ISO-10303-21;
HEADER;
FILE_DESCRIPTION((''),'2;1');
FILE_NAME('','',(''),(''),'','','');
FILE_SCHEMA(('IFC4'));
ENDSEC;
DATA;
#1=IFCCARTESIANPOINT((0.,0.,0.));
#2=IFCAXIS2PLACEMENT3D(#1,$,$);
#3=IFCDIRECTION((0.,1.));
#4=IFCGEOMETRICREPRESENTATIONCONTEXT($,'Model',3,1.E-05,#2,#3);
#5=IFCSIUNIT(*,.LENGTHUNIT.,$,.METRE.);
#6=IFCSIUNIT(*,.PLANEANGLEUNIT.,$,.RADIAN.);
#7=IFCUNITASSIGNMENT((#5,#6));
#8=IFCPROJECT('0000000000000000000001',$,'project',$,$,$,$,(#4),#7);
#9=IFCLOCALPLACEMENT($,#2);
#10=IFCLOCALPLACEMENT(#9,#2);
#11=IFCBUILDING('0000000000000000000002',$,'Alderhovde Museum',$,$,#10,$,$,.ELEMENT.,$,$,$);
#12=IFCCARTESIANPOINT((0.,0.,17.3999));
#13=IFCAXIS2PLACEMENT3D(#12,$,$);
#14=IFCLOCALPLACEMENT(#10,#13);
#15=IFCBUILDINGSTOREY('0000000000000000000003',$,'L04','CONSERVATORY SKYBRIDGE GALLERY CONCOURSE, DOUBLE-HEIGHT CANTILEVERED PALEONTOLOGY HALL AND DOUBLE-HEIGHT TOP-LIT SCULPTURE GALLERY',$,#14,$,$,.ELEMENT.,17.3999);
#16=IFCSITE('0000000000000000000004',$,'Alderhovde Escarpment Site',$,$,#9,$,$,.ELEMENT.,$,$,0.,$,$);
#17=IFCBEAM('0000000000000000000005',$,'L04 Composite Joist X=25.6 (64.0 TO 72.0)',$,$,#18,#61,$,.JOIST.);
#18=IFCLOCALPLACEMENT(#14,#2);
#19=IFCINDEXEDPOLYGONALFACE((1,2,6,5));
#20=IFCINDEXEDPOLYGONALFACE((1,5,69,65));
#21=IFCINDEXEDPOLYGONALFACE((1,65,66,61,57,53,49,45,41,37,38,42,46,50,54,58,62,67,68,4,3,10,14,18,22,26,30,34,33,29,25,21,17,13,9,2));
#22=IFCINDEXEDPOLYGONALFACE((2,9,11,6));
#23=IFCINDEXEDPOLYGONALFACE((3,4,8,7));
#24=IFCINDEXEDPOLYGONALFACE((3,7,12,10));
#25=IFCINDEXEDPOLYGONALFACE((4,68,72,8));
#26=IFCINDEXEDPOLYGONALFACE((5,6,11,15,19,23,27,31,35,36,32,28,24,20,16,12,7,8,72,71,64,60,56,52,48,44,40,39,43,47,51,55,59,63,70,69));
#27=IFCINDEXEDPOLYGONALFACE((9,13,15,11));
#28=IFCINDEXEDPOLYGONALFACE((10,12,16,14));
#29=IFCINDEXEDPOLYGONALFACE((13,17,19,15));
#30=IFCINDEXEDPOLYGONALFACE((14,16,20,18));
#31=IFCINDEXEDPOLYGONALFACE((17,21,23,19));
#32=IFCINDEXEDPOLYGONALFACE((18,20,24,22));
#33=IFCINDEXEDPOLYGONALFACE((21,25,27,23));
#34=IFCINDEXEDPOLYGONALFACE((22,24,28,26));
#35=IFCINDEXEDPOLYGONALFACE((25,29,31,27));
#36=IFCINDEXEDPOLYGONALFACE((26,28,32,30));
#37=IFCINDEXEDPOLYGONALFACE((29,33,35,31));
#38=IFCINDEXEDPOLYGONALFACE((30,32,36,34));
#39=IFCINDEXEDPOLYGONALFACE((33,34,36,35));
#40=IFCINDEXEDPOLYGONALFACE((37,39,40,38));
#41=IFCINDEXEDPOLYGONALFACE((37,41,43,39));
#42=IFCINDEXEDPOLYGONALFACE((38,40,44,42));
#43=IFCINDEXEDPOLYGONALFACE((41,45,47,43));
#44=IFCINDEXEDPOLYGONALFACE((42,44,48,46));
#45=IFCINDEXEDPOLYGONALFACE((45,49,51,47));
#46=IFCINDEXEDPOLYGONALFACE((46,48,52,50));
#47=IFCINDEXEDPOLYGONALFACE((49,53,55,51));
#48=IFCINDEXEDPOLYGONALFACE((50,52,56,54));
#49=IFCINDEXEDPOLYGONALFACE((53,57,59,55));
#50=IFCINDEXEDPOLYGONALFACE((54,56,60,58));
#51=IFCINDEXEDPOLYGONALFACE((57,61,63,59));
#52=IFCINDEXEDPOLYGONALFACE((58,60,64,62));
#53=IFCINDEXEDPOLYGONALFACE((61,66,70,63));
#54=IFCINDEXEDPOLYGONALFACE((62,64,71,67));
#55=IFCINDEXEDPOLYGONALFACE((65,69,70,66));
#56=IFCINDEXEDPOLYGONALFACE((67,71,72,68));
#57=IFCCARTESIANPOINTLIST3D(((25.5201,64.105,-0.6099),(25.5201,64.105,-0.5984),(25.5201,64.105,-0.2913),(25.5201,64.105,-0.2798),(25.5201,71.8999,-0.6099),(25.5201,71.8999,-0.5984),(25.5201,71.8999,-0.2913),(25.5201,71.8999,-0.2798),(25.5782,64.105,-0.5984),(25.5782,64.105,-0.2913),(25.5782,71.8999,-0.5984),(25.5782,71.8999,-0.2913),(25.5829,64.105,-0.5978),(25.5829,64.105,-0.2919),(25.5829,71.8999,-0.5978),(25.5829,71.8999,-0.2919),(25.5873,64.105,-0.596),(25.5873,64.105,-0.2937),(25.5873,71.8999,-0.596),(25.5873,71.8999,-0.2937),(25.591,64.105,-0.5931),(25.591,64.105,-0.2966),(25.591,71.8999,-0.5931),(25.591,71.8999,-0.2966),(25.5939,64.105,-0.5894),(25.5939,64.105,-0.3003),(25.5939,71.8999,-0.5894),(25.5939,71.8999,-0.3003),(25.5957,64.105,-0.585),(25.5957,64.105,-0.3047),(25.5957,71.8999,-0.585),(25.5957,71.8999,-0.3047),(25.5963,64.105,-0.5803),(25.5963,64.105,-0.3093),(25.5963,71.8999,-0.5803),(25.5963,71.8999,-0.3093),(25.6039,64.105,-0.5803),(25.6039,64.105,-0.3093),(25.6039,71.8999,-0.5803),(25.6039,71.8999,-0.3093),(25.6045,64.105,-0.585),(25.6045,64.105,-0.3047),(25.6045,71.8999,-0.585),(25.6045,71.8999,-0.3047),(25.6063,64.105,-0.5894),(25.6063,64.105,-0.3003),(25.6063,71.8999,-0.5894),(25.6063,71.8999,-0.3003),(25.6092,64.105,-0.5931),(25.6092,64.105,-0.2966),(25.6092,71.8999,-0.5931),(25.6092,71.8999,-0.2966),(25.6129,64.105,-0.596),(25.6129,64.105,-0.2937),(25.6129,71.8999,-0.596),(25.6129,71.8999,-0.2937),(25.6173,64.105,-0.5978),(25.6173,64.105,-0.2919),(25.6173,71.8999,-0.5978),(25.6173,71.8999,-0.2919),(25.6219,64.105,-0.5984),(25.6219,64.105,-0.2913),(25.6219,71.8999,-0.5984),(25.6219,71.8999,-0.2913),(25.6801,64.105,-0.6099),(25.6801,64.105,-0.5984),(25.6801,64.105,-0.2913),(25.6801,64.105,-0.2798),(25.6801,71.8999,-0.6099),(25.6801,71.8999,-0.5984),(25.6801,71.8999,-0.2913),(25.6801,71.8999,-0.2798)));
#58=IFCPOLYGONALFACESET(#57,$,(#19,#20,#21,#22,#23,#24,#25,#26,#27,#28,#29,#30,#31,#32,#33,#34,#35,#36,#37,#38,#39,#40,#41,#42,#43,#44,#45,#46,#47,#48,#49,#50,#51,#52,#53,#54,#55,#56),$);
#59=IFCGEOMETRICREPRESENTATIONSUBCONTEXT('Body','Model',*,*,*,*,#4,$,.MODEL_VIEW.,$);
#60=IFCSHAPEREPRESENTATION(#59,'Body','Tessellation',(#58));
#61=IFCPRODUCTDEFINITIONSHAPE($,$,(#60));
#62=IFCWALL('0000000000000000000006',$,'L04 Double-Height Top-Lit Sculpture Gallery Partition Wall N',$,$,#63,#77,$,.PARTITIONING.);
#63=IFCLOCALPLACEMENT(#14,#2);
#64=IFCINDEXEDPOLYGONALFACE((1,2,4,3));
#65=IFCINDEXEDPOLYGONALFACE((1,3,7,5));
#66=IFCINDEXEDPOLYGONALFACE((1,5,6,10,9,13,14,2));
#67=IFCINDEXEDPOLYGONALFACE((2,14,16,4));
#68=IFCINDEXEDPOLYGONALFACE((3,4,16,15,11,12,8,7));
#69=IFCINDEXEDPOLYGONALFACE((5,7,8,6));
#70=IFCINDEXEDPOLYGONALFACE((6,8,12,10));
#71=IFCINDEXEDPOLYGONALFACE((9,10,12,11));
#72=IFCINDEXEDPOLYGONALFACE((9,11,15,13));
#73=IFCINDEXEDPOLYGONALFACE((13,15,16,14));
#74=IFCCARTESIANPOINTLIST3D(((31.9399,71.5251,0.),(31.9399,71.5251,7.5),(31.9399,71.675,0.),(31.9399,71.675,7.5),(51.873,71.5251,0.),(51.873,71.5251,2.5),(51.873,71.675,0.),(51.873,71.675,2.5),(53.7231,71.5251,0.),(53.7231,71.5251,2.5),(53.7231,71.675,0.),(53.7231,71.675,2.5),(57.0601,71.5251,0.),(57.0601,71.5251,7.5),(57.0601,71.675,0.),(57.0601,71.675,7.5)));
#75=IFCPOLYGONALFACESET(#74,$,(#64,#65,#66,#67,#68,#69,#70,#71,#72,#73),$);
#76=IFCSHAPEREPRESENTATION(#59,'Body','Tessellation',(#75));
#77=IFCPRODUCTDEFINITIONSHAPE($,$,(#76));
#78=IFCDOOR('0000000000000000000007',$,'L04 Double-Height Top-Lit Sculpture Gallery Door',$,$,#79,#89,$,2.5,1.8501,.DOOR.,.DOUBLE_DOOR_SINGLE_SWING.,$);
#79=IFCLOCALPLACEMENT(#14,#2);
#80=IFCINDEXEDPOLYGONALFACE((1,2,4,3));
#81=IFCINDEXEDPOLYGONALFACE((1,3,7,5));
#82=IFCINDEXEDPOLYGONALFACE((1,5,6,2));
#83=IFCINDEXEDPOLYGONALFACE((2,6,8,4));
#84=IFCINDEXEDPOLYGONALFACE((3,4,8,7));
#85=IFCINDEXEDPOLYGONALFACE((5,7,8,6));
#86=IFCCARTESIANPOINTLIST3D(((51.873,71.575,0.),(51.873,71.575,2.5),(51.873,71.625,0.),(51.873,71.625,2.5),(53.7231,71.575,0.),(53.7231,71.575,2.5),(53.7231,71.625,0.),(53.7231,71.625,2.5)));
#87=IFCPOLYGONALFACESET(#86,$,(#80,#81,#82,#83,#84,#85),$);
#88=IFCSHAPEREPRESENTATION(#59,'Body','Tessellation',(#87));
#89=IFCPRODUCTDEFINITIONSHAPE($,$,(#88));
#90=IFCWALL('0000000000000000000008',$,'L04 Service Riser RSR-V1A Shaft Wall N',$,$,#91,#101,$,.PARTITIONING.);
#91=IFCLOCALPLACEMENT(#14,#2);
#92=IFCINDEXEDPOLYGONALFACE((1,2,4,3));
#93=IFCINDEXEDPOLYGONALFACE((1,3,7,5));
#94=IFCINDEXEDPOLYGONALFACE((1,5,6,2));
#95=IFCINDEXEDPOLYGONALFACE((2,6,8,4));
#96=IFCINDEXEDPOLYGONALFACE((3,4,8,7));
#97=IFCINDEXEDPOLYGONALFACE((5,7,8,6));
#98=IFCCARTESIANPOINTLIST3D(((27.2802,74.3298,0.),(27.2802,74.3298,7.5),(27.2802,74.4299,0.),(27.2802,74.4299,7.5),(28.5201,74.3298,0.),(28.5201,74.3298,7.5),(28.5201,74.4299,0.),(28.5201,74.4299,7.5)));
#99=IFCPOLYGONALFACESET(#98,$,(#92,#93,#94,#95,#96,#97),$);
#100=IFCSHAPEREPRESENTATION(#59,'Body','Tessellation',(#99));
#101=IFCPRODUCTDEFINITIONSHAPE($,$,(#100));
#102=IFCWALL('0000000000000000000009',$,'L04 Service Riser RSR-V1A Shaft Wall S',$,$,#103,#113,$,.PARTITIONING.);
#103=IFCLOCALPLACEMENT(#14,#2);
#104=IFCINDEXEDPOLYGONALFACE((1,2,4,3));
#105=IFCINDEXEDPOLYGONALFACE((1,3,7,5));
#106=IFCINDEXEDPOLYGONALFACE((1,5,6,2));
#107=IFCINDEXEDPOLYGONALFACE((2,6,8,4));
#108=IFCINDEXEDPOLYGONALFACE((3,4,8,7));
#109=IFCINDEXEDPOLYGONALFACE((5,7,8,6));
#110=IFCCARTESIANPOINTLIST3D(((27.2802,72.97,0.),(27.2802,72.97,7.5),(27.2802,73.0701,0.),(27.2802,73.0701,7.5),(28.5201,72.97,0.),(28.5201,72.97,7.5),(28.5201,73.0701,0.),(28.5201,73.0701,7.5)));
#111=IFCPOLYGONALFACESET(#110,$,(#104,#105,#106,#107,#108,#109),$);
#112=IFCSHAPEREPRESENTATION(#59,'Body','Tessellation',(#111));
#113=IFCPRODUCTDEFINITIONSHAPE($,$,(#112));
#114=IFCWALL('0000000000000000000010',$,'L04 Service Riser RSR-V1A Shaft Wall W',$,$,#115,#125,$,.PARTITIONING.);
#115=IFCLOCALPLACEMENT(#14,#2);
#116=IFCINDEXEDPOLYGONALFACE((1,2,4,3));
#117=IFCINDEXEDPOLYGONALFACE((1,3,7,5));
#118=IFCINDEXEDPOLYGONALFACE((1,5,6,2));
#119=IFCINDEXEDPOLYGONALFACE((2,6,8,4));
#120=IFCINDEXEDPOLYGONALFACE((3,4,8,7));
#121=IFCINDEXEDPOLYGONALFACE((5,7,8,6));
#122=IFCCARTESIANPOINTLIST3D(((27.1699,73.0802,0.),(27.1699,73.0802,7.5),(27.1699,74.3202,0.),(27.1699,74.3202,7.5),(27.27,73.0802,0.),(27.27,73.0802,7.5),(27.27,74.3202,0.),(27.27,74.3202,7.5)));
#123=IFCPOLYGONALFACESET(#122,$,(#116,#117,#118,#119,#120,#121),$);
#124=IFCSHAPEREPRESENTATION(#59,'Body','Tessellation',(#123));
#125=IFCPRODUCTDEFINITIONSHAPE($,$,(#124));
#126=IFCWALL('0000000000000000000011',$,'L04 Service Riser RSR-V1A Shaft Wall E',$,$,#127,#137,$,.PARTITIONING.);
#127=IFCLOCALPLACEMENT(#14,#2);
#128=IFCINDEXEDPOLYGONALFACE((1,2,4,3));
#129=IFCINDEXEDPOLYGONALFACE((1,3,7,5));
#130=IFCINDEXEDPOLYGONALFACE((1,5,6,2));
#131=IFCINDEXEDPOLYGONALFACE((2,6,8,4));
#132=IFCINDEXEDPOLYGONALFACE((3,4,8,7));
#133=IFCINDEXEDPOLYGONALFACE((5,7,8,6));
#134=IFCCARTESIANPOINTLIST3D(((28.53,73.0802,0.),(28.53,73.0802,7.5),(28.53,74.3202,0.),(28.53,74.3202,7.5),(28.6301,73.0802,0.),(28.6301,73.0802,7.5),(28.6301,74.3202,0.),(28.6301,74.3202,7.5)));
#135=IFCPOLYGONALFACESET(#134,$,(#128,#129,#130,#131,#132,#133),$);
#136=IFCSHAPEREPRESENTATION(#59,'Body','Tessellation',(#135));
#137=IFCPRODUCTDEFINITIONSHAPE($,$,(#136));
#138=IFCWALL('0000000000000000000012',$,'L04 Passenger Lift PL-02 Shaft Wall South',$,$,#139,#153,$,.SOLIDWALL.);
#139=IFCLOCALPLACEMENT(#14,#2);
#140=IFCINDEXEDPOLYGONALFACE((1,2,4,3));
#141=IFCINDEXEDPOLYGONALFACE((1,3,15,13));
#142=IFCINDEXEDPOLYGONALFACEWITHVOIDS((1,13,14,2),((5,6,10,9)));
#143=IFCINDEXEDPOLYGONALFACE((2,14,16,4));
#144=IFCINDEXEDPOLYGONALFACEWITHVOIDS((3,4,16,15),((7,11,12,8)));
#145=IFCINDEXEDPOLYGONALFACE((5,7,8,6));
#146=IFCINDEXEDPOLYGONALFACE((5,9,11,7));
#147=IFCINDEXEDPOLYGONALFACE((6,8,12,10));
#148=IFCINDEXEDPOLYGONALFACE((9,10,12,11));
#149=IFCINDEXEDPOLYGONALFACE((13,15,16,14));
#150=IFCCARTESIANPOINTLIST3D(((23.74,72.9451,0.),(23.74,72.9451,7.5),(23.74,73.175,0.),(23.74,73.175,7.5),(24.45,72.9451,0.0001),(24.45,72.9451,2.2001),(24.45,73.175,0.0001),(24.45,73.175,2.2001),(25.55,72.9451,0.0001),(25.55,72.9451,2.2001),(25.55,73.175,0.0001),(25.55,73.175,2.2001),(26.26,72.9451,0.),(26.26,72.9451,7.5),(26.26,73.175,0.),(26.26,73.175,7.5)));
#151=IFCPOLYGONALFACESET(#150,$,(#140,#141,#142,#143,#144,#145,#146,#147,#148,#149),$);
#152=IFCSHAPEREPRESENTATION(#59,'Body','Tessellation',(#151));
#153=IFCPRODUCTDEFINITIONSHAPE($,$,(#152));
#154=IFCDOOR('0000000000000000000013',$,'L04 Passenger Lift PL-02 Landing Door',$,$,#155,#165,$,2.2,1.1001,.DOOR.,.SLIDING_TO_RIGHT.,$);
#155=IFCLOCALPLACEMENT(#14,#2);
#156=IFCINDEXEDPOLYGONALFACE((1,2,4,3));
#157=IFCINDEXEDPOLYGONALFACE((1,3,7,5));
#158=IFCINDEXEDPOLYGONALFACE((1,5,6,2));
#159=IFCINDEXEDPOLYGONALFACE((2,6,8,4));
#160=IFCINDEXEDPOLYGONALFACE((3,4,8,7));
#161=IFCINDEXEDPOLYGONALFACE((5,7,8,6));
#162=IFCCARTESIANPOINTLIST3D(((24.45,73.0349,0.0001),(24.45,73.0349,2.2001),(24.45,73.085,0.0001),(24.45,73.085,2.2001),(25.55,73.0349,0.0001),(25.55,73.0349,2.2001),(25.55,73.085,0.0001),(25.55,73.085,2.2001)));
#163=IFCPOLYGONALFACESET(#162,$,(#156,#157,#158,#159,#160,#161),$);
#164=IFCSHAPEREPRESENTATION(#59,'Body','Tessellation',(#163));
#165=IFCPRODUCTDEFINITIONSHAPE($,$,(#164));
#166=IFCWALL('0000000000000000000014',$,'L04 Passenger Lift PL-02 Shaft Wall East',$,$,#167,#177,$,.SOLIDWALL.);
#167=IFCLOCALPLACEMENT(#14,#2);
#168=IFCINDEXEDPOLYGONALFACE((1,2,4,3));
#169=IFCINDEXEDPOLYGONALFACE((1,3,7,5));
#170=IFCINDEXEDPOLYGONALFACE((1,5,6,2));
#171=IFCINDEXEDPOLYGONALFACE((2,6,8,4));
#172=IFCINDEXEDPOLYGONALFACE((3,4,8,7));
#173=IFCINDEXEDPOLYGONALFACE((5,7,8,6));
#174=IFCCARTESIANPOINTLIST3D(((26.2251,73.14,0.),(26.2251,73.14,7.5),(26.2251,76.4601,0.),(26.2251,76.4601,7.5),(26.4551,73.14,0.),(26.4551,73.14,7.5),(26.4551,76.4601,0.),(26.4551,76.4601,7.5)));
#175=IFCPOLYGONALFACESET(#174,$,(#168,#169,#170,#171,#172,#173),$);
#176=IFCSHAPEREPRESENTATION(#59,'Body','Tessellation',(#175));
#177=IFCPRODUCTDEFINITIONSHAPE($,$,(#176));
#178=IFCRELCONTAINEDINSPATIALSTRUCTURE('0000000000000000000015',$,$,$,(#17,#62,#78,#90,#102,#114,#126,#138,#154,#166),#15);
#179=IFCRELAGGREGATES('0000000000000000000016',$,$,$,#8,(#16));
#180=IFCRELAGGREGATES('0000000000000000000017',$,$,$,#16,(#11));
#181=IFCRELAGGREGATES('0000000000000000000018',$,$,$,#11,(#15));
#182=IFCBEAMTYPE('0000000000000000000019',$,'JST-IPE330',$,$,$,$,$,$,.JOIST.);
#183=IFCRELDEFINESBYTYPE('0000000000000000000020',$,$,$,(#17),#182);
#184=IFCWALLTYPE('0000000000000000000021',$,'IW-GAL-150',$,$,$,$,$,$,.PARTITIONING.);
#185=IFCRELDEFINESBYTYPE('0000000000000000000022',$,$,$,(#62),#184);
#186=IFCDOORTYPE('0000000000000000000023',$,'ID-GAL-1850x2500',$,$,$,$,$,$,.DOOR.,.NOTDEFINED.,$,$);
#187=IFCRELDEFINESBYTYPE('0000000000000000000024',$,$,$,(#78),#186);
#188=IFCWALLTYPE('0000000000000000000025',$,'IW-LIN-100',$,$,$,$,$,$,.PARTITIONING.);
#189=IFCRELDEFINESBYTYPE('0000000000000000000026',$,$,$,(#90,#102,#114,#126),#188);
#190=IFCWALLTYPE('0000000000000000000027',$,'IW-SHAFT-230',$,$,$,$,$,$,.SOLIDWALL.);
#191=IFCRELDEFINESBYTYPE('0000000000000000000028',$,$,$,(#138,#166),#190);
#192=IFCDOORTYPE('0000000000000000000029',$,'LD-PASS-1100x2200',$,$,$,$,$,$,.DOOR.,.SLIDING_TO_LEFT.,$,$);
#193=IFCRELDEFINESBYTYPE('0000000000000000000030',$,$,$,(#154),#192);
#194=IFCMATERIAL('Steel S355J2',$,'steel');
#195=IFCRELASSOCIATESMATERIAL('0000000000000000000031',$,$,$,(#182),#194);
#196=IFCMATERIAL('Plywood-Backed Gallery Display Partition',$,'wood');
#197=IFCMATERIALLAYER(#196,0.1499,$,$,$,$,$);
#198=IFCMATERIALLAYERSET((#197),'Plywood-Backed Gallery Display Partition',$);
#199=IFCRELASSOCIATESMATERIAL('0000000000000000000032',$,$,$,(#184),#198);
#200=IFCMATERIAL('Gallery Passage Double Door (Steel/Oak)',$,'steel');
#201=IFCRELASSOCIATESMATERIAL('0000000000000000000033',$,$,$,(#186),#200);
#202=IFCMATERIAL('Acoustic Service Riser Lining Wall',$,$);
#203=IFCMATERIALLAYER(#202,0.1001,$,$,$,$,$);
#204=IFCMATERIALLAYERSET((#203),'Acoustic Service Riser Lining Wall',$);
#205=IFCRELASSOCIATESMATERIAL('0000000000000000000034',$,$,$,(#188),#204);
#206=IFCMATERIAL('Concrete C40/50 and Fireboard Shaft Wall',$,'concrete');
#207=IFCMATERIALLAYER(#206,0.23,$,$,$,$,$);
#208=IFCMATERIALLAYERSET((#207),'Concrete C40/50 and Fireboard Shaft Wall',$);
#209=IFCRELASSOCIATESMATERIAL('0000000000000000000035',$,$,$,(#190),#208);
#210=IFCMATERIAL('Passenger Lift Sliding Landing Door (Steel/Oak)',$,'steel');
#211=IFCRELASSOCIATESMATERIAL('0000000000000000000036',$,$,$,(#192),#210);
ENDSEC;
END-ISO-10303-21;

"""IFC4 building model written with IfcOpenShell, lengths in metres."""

from ifc_helpers import new_model, si_unit, direction, frame, frame_2d, origin, origin_2d, place, context, subcontext, project, spatial, rectangle, i_section, extrude, material, layer, layer_set, material_profile, profile_set, type_object, element, fill, save


model = new_model("IFC4")

# Units and contexts
model_context = context("Model", 3, precision=1e-05, world=origin(), true_north=direction((0.0, 1.0)))
body_context = subcontext(model_context, "Body", "Model", "MODEL_VIEW")
ifc_project = project(units=[si_unit("LENGTHUNIT", "METRE"), si_unit("PLANEANGLEUNIT", "RADIAN")], contexts=[model_context])

# Site, building, storey
site_placement = place(None, origin())
site = spatial("IfcSite", under=ifc_project, at=site_placement, Name="Alderhovde Escarpment Site", CompositionType="ELEMENT", RefElevation=0.0)
building_placement = place(site_placement, origin())
building = spatial("IfcBuilding", under=site, at=building_placement, Name="Alderhovde Museum", CompositionType="ELEMENT")
storey_placement = place(building_placement, frame((0.0, 0.0, 17.3999)))
storey = spatial("IfcBuildingStorey", under=building, at=storey_placement, Name="L04", Description="CONSERVATORY SKYBRIDGE GALLERY CONCOURSE, DOUBLE-HEIGHT CANTILEVERED PALEONTOLOGY HALL AND DOUBLE-HEIGHT TOP-LIT SCULPTURE GALLERY", CompositionType="ELEMENT", Elevation=17.3999)

# Beam
ifc_material_1 = material(Name="Steel S355J2", Category="steel")
ifc_material_profile_1 = material_profile(ifc_material_1, i_section(OverallWidth=0.1599, OverallDepth=0.3301, WebThickness=0.0076, FlangeThickness=0.0115, FilletRadius=0.0181, at=origin_2d()), Name="IPE 330")
ifc_profile_set_1 = profile_set([ifc_material_profile_1], Name="Steel S355J2")
beam_type_1 = type_object("IfcBeamType", Name="JST-IPE330", PredefinedType="JOIST", material=ifc_profile_set_1)
beam_1_placement = place(storey_placement, frame((25.6001, 64.105, -0.4448), z_axis=(0.0, 1.0, 0.0), x_axis=(-1.0, 0.0, 0.0)))
element("IfcBeam", 1, at=beam_1_placement, inside=storey, type_object=beam_type_1, Name="L04 Composite Joist X=25.6 (64.0 TO 72.0)", PredefinedType="JOIST", context=body_context, shape_type="SweptSolid", body=[
    extrude(i_section(OverallWidth=0.1599, OverallDepth=0.3301, WebThickness=0.0076, FlangeThickness=0.0115, FilletRadius=0.0181, at=origin_2d()), origin(), (0.0, 0.0, 1.0), 7.7949),
])

# Wall, opening, door
ifc_material_2 = material(Name="Plywood-Backed Gallery Display Partition", Category="wood")
ifc_layer_1 = layer(ifc_material_2, 0.1499)
ifc_layer_set_1 = layer_set([ifc_layer_1], Name="Plywood-Backed Gallery Display Partition")
wall_type_1 = type_object("IfcWallType", Name="IW-GAL-150", PredefinedType="PARTITIONING", material=ifc_layer_set_1)
wall_1_placement = place(storey_placement, frame((31.9399, 71.6001, 0.0), z_axis=(0.0, 0.0, 1.0), x_axis=(1.0, 0.0, 0.0)))
wall_1 = element("IfcWall", 2, at=wall_1_placement, inside=storey, type_object=wall_type_1, Name="L04 Double-Height Top-Lit Sculpture Gallery Partition Wall N", PredefinedType="PARTITIONING", context=body_context, shape_type="SweptSolid", body=[
    extrude(rectangle(XDim=25.1201, YDim=0.1499, at=frame_2d((12.5601, 0.0))), origin(), (0.0, 0.0, 1.0), 7.5),
])
opening_1_placement = place(wall_1_placement, frame((19.9331, 0.0, 0.0)))
opening_1 = element("IfcOpeningElement", 3, at=opening_1_placement, cuts=wall_1, PredefinedType="OPENING", context=body_context, shape_type="SweptSolid", body=[
    extrude(rectangle(XDim=1.8501, YDim=2.5, at=frame_2d((0.925, 1.25))), frame((0.0, 0.085, 0.0), z_axis=(0.0, -1.0, 0.0), x_axis=(1.0, 0.0, 0.0)), (0.0, 0.0, 1.0), 0.1699),
])
ifc_material_3 = material(Name="Gallery Passage Double Door (Steel/Oak)", Category="steel")
door_type_1 = type_object("IfcDoorType", Name="ID-GAL-1850x2500", OperationType="NOTDEFINED", PredefinedType="DOOR", material=ifc_material_3)
door_1_placement = place(opening_1_placement, origin())
door_1 = element("IfcDoor", 4, at=door_1_placement, inside=storey, type_object=door_type_1, Name="L04 Double-Height Top-Lit Sculpture Gallery Door", OperationType="DOUBLE_DOOR_SINGLE_SWING", OverallHeight=2.5, OverallWidth=1.8501, PredefinedType="DOOR", context=body_context, shape_type="SweptSolid", body=[
    extrude(rectangle(XDim=1.8501, YDim=2.5, at=frame_2d((0.925, 1.25))), frame((0.0, 0.0249, 0.0), z_axis=(0.0, -1.0, 0.0), x_axis=(1.0, 0.0, 0.0)), (0.0, 0.0, 1.0), 0.05),
])
fill(opening_1, door_1)

# Walls
ifc_material_4 = material(Name="Acoustic Service Riser Lining Wall")
ifc_layer_2 = layer(ifc_material_4, 0.1001)
ifc_layer_set_2 = layer_set([ifc_layer_2], Name="Acoustic Service Riser Lining Wall")
wall_type_2 = type_object("IfcWallType", Name="IW-LIN-100", PredefinedType="PARTITIONING", material=ifc_layer_set_2)
for number, where, z_axis, x_axis, name in (
    (5, (27.28, 74.3799, 0.0), (0.0, 0.0, 1.0), (1.0, 0.0, 0.0), "L04 Service Riser RSR-V1A Shaft Wall N"),
    (6, (27.28, 73.02, 0.0), (0.0, 0.0, 1.0), (1.0, 0.0, 0.0), "L04 Service Riser RSR-V1A Shaft Wall S"),
    (7, (27.22, 73.0801, 0.0), (0.0, 0.0, 1.0), (0.0, 1.0, 0.0), "L04 Service Riser RSR-V1A Shaft Wall W"),
    (8, (28.5801, 73.0801, 0.0), (0.0, 0.0, 1.0), (0.0, 1.0, 0.0), "L04 Service Riser RSR-V1A Shaft Wall E"),
):
    element("IfcWall", number, at=place(storey_placement, frame(where, z_axis=z_axis, x_axis=x_axis)), inside=storey, type_object=wall_type_2, Name=name, PredefinedType="PARTITIONING", context=body_context, shape_type="SweptSolid", body=[
        extrude(rectangle(XDim=1.24, YDim=0.1001, at=frame_2d((0.6201, 0.0))), origin(), (0.0, 0.0, 1.0), 7.5),
    ])

# Wall, opening, door
ifc_material_5 = material(Name="Concrete C40/50 and Fireboard Shaft Wall", Category="concrete")
ifc_layer_3 = layer(ifc_material_5, 0.23)
ifc_layer_set_3 = layer_set([ifc_layer_3], Name="Concrete C40/50 and Fireboard Shaft Wall")
wall_type_3 = type_object("IfcWallType", Name="IW-SHAFT-230", PredefinedType="SOLIDWALL", material=ifc_layer_set_3)
wall_2_placement = place(storey_placement, frame((23.74, 73.0601, 0.0), z_axis=(0.0, 0.0, 1.0), x_axis=(1.0, 0.0, 0.0)))
wall_2 = element("IfcWall", 9, at=wall_2_placement, inside=storey, type_object=wall_type_3, Name="L04 Passenger Lift PL-02 Shaft Wall South", PredefinedType="SOLIDWALL", context=body_context, shape_type="SweptSolid", body=[
    extrude(rectangle(XDim=2.52, YDim=0.23, at=frame_2d((1.26, 0.0))), origin(), (0.0, 0.0, 1.0), 7.5),
])
opening_2_placement = place(wall_2_placement, frame((0.71, 0.0, 0.0)))
opening_2 = element("IfcOpeningElement", 10, at=opening_2_placement, cuts=wall_2, PredefinedType="OPENING", context=body_context, shape_type="SweptSolid", body=[
    extrude(rectangle(XDim=1.1001, YDim=2.2, at=frame_2d((0.55, 1.1001))), frame((0.0, 0.125, 0.0), z_axis=(0.0, -1.0, 0.0), x_axis=(1.0, 0.0, 0.0)), (0.0, 0.0, 1.0), 0.25),
])
ifc_material_6 = material(Name="Passenger Lift Sliding Landing Door (Steel/Oak)", Category="steel")
door_type_2 = type_object("IfcDoorType", Name="LD-PASS-1100x2200", OperationType="SLIDING_TO_LEFT", PredefinedType="DOOR", material=ifc_material_6)
door_2_placement = place(opening_2_placement, origin())
door_2 = element("IfcDoor", 11, at=door_2_placement, inside=storey, type_object=door_type_2, Name="L04 Passenger Lift PL-02 Landing Door", OperationType="SLIDING_TO_RIGHT", OverallHeight=2.2, OverallWidth=1.1001, PredefinedType="DOOR", context=body_context, shape_type="SweptSolid", body=[
    extrude(rectangle(XDim=1.1001, YDim=2.2, at=frame_2d((0.55, 1.1001))), frame((0.0, 0.0249, 0.0), z_axis=(0.0, -1.0, 0.0), x_axis=(1.0, 0.0, 0.0)), (0.0, 0.0, 1.0), 0.05),
])
fill(opening_2, door_2)

# Wall
wall_3_placement = place(storey_placement, frame((26.3401, 73.1399, 0.0), z_axis=(0.0, 0.0, 1.0), x_axis=(0.0, 1.0, 0.0)))
element("IfcWall", 12, at=wall_3_placement, inside=storey, type_object=wall_type_3, Name="L04 Passenger Lift PL-02 Shaft Wall East", PredefinedType="SOLIDWALL", context=body_context, shape_type="SweptSolid", body=[
    extrude(rectangle(XDim=3.3201, YDim=0.23, at=frame_2d((1.6602, 0.0))), origin(), (0.0, 0.0, 1.0), 7.5),
])

save(model, "model.ifc")
